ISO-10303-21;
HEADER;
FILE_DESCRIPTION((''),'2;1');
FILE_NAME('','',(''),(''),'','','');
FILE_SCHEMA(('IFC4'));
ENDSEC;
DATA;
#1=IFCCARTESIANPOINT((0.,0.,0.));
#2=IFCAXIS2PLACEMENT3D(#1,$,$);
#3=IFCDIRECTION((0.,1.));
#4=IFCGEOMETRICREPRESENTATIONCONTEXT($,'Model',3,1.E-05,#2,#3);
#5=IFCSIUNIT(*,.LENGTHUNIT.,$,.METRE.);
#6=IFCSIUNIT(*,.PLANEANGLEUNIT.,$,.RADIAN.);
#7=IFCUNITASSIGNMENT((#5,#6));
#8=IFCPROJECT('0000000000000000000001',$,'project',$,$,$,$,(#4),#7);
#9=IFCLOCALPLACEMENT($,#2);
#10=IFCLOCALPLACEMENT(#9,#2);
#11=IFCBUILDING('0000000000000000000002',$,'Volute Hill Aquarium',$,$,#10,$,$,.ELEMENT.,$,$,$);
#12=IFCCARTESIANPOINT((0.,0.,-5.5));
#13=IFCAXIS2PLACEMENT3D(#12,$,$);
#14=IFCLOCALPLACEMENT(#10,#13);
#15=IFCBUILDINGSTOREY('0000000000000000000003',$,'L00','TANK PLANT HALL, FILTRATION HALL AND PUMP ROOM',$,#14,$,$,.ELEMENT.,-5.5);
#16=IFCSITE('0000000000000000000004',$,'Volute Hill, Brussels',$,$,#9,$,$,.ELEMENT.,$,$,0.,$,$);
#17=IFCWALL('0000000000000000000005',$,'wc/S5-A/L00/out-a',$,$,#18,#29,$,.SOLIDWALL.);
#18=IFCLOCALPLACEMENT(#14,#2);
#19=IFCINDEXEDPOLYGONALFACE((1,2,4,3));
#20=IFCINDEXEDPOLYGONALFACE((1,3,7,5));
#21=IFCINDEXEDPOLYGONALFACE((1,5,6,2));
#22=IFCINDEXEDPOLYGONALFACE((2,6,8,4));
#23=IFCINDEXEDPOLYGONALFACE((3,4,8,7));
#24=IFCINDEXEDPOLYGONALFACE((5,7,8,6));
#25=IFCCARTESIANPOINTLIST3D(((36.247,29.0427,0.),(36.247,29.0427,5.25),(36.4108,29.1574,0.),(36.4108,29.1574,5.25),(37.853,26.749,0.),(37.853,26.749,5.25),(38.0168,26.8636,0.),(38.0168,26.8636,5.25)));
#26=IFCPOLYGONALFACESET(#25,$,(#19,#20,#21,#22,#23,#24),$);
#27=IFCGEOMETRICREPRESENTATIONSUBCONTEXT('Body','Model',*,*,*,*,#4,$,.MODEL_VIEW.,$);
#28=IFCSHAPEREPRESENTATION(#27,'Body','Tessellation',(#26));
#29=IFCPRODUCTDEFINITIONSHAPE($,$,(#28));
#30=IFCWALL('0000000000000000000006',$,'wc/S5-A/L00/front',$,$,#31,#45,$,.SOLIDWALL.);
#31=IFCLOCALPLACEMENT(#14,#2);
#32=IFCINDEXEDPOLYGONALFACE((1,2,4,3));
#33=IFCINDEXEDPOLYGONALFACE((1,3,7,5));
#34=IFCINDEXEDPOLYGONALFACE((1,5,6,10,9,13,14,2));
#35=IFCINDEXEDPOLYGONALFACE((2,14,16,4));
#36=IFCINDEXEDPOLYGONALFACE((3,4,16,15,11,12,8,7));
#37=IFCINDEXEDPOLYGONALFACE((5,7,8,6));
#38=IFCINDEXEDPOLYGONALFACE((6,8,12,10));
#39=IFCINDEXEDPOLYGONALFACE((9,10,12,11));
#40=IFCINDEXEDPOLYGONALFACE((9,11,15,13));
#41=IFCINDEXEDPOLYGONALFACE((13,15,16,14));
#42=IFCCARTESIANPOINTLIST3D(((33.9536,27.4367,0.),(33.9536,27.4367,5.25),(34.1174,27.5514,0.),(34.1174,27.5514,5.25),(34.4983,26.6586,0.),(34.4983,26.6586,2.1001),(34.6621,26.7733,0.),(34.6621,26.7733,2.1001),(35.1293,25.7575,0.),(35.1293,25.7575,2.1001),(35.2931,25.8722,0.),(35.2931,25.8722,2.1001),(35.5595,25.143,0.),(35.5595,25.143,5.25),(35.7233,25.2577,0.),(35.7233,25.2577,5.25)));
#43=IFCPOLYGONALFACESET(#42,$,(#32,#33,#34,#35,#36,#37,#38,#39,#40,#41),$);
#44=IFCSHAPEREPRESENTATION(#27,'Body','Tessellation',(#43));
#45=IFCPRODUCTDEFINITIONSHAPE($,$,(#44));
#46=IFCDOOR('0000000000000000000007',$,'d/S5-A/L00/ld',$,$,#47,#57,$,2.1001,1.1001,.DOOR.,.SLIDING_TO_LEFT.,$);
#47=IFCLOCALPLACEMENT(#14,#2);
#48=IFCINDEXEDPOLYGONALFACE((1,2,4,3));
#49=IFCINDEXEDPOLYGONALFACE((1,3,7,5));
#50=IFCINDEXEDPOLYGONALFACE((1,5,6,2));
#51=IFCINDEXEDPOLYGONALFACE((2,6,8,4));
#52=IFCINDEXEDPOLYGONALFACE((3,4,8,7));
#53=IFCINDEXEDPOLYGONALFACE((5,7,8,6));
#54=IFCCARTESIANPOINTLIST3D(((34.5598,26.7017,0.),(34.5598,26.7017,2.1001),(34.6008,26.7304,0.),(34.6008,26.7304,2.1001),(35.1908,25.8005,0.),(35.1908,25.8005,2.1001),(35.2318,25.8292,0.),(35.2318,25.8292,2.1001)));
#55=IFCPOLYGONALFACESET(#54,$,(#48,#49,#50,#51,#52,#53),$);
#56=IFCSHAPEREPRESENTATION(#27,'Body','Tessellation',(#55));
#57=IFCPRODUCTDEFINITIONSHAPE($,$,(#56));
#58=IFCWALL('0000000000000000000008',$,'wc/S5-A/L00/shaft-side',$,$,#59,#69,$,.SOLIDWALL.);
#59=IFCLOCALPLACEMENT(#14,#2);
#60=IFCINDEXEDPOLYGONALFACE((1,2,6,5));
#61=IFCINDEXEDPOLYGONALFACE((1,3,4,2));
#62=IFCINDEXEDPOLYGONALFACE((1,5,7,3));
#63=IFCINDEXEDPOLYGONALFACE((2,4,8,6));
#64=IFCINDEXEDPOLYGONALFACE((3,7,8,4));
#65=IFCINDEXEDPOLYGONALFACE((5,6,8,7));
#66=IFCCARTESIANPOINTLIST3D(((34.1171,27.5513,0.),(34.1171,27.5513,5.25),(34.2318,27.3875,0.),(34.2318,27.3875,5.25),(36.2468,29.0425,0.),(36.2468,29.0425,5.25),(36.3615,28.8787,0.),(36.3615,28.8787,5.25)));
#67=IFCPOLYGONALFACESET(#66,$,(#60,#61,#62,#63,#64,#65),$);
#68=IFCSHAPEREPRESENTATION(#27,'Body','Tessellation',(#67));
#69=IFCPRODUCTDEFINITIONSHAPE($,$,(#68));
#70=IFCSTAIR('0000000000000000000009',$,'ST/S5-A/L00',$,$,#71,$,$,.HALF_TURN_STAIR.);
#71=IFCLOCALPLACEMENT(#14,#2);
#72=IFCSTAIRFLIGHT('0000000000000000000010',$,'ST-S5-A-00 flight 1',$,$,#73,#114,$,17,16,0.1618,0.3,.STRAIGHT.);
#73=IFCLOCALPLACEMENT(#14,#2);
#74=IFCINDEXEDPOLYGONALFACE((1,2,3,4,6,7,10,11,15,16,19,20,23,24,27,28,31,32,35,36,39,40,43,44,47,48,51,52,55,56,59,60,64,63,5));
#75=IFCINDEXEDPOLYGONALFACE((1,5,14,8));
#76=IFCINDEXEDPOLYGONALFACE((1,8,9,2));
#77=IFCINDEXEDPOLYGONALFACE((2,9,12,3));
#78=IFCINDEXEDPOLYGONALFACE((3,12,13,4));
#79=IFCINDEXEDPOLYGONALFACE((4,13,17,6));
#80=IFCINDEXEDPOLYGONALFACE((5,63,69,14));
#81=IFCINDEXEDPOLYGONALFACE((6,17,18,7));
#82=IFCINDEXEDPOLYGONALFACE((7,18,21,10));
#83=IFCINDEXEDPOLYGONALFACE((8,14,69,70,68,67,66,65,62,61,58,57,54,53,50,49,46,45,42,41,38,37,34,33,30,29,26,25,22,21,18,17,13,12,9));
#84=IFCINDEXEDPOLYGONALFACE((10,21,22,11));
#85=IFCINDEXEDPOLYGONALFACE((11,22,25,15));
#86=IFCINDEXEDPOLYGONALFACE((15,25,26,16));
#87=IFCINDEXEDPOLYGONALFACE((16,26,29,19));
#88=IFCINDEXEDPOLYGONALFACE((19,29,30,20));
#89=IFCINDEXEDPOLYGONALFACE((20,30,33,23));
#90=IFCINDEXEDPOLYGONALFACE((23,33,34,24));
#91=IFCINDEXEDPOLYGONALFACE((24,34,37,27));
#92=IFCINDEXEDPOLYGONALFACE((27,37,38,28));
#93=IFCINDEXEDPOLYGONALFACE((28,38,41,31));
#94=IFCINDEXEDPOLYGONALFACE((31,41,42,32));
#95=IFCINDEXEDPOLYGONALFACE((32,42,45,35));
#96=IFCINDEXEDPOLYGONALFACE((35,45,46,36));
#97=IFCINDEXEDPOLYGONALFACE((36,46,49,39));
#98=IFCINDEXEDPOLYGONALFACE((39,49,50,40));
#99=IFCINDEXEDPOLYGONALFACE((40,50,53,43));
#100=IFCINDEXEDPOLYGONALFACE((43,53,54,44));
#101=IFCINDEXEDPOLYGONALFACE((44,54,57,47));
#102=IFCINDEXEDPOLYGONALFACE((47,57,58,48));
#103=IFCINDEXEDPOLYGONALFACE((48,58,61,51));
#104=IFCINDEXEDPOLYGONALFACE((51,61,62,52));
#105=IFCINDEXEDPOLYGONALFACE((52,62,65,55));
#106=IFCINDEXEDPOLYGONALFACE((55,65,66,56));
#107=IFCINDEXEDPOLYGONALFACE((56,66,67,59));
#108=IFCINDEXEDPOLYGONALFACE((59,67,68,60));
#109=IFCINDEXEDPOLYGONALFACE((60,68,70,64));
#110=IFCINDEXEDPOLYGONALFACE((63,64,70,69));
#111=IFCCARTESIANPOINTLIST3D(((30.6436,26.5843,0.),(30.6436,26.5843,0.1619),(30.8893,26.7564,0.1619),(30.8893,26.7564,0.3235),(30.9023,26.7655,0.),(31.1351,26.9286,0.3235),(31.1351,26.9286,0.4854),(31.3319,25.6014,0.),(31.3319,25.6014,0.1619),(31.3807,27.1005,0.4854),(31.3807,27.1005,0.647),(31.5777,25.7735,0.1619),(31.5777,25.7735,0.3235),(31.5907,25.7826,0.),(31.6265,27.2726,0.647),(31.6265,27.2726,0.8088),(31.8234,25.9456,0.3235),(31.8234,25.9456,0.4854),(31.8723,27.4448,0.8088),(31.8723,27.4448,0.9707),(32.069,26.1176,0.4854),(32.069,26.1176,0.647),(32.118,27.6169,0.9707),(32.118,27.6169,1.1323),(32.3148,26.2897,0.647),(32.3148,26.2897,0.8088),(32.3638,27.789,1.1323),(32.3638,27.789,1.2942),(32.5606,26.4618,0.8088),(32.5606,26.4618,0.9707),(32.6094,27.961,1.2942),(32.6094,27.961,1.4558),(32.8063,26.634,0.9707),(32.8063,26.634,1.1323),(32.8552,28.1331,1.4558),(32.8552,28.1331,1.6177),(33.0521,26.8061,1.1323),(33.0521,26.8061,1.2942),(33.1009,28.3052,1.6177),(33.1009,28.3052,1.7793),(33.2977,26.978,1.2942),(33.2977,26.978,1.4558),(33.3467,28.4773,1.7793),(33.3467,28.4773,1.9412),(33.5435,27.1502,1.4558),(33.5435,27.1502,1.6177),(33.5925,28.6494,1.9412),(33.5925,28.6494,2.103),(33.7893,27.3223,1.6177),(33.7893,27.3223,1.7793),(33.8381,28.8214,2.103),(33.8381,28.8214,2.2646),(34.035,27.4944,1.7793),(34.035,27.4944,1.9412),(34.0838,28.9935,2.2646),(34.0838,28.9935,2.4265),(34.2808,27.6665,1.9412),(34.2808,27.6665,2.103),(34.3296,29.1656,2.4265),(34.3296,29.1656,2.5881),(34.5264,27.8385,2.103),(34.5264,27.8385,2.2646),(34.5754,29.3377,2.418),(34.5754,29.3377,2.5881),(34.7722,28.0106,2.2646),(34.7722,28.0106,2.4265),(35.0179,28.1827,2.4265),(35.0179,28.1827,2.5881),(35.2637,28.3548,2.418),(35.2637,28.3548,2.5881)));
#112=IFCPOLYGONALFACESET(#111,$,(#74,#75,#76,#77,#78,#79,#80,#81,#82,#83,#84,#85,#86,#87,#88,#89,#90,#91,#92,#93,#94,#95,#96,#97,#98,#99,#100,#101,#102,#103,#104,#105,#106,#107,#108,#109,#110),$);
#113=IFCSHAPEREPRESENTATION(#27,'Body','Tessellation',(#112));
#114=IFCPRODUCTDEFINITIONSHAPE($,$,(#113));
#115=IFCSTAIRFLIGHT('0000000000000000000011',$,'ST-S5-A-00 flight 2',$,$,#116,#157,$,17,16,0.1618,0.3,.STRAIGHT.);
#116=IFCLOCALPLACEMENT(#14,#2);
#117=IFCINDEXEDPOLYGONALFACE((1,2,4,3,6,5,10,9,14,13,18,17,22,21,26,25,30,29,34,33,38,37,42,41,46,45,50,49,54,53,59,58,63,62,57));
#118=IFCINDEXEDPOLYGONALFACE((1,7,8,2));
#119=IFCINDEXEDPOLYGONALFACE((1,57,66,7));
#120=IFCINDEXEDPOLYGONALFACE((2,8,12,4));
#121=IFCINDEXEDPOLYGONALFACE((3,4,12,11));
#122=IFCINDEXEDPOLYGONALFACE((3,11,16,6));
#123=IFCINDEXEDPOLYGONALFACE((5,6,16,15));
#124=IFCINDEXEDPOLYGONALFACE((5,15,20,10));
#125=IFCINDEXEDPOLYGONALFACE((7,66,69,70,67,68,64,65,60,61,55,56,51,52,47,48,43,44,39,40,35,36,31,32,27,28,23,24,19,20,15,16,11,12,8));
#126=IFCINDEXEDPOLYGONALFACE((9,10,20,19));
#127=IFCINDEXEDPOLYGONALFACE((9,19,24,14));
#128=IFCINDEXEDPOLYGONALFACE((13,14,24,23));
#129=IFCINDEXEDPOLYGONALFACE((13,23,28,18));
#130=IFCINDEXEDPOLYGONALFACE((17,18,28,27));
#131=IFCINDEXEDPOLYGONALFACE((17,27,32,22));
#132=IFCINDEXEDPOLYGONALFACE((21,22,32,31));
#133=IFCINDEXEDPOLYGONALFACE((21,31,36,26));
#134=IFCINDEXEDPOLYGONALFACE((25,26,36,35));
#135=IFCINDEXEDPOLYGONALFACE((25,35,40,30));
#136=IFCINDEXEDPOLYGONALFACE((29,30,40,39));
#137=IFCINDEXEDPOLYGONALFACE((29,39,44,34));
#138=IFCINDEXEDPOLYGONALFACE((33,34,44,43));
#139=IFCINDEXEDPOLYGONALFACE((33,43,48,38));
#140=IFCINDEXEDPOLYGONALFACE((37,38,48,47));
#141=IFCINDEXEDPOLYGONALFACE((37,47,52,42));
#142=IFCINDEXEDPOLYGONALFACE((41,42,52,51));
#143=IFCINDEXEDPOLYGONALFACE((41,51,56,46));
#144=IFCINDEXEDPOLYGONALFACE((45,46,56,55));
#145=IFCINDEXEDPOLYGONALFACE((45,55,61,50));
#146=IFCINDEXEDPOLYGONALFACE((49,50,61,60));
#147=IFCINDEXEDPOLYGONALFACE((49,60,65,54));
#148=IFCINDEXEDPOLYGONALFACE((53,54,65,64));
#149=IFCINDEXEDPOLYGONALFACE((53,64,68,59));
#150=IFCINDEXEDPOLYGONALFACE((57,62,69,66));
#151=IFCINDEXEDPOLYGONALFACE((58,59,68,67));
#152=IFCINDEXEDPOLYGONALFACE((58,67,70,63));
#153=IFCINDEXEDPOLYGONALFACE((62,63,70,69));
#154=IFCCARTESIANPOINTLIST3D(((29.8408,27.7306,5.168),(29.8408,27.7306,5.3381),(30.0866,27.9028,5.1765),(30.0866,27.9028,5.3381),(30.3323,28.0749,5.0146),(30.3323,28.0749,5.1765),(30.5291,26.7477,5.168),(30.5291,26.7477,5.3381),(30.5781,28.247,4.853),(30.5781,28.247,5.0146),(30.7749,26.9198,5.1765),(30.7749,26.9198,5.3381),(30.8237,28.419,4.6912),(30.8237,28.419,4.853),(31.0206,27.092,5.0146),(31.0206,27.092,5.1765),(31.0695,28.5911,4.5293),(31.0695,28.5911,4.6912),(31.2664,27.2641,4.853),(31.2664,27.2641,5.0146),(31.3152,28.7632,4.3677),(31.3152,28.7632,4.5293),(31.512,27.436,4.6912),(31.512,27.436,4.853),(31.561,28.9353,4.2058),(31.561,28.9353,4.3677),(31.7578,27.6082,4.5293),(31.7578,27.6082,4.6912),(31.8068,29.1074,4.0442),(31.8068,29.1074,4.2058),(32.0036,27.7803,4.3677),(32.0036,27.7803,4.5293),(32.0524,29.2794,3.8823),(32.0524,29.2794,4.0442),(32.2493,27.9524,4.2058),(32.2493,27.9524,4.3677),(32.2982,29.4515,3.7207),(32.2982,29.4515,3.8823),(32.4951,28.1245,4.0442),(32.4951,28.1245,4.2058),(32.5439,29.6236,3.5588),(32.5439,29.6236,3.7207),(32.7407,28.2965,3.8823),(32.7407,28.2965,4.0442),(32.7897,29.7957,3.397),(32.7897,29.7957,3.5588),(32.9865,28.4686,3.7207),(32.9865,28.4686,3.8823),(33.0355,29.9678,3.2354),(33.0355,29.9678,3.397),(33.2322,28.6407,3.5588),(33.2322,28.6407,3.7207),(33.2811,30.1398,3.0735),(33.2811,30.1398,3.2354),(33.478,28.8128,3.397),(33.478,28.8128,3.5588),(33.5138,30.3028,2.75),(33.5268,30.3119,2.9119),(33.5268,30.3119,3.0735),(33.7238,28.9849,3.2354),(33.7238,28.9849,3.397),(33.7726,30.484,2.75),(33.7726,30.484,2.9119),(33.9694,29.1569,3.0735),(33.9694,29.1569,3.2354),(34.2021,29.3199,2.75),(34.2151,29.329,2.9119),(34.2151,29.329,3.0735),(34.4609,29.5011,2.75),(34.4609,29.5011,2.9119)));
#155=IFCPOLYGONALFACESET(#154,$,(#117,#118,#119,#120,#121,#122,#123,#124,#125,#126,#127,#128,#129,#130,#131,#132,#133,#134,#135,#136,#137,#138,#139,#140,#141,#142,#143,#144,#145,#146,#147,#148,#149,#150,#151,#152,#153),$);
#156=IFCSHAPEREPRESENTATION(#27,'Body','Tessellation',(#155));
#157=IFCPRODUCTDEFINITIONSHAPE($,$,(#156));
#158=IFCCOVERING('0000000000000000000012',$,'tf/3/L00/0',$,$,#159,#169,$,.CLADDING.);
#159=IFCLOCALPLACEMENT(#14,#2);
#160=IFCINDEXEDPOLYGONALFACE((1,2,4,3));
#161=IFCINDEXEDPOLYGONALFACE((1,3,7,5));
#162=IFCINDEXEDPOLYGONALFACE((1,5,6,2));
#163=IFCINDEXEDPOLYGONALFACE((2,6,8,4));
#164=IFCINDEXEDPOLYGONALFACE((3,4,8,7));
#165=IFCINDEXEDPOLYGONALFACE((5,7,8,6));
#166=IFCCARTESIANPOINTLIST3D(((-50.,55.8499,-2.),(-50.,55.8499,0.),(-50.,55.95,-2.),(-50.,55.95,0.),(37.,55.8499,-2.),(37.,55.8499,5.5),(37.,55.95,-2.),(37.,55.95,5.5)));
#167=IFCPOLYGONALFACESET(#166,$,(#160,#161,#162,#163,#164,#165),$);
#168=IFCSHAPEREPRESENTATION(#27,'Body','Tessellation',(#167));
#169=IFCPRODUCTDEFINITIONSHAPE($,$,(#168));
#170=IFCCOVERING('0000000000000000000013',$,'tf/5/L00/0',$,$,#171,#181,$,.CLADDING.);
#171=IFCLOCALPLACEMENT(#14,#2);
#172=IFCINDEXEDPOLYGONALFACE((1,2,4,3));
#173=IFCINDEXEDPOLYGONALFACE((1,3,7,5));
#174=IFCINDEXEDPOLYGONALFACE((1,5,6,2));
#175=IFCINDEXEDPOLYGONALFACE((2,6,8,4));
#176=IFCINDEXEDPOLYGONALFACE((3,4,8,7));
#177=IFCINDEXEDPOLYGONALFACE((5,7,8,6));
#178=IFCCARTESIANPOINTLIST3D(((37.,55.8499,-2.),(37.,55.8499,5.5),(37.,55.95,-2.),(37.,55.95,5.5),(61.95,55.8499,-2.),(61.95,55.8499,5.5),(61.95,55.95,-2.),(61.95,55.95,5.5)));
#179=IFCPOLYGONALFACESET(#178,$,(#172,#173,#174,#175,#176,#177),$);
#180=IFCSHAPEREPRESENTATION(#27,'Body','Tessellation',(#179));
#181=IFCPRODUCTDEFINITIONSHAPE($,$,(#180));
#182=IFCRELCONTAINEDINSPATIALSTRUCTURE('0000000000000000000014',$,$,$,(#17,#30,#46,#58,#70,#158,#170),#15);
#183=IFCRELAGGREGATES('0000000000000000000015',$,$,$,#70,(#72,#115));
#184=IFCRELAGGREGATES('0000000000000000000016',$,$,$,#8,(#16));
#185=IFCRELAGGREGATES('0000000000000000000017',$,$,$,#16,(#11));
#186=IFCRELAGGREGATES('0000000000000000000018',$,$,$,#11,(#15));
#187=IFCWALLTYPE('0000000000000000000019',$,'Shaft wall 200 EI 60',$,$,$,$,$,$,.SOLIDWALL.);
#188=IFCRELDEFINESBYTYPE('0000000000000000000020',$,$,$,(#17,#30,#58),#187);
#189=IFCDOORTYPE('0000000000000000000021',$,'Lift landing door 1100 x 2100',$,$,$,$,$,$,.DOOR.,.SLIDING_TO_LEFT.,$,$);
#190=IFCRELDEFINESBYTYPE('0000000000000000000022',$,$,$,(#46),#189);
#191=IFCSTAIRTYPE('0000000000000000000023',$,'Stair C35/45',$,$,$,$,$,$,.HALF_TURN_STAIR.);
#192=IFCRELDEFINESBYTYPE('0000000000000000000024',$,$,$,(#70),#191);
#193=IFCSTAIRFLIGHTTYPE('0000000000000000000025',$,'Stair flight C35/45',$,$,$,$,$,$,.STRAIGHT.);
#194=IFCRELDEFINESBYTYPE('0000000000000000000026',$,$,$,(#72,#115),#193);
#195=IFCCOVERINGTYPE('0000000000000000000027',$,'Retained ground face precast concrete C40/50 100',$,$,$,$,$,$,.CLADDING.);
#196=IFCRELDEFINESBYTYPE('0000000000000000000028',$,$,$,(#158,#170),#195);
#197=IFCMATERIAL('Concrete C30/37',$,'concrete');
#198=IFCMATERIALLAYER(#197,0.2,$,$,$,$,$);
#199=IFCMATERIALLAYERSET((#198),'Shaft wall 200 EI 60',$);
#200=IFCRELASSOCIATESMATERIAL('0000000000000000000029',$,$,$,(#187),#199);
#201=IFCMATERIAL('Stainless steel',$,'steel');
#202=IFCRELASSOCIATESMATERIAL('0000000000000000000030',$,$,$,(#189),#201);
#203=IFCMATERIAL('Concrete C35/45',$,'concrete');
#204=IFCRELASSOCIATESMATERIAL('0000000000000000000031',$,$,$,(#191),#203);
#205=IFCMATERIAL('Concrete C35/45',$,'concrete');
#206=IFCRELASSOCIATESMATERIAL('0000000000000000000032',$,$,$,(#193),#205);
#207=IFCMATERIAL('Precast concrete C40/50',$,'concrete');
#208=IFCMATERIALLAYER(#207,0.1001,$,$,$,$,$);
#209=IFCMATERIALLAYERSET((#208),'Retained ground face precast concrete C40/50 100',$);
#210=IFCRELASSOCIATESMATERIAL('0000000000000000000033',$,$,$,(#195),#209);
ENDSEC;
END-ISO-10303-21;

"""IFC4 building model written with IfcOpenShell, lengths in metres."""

from ifc_helpers import new_model, si_unit, direction, frame, frame_2d, origin, place, context, subcontext, project, spatial, polyline, rectangle, outline, extrude, material, layer, layer_set, type_object, element, fill, aggregate, save


model = new_model("IFC4")

# Units and contexts
model_context = context("Model", 3, precision=1e-05, world=origin(), true_north=direction((0.0, 1.0)))
body_context = subcontext(model_context, "Body", "Model", "MODEL_VIEW")
ifc_project = project(units=[si_unit("LENGTHUNIT", "METRE"), si_unit("PLANEANGLEUNIT", "RADIAN")], contexts=[model_context])

# Site, building, storey
site_placement = place(None, origin())
site = spatial("IfcSite", under=ifc_project, at=site_placement, Name="Volute Hill, Brussels", CompositionType="ELEMENT", RefElevation=0.0)
building_placement = place(site_placement, origin())
building = spatial("IfcBuilding", under=site, at=building_placement, Name="Volute Hill Aquarium", CompositionType="ELEMENT")
storey_placement = place(building_placement, frame((0.0, 0.0, -5.5)))
storey = spatial("IfcBuildingStorey", under=building, at=storey_placement, Name="L00", Description="TANK PLANT HALL, FILTRATION HALL AND PUMP ROOM", CompositionType="ELEMENT", Elevation=-5.5)

# Wall
ifc_material_1 = material(Name="Concrete C30/37", Category="concrete")
ifc_layer_1 = layer(ifc_material_1, 0.2)
ifc_layer_set_1 = layer_set([ifc_layer_1], Name="Shaft wall 200 EI 60")
wall_type_1 = type_object("IfcWallType", Name="Shaft wall 200 EI 60", PredefinedType="SOLIDWALL", material=ifc_layer_set_1)
wall_1_placement = place(storey_placement, frame((37.9348, 26.8064, 0.0), z_axis=(0.0, 0.0, 1.0), x_axis=(-0.57355, 0.81917, 0.0)))
element("IfcWall", 1, at=wall_1_placement, inside=storey, type_object=wall_type_1, Name="wc/S5-A/L00/out-a", PredefinedType="SOLIDWALL", context=body_context, shape_type="SweptSolid", body=[
    extrude(rectangle(XDim=2.8, YDim=0.2, at=frame_2d((1.3999, 0.0))), origin(), (0.0, 0.0, 1.0), 5.25),
])

# Wall, opening, door
wall_2_placement = place(storey_placement, frame((35.6414, 25.2004, 0.0), z_axis=(0.0, 0.0, 1.0), x_axis=(-0.57355, 0.81917, 0.0)))
wall_2 = element("IfcWall", 2, at=wall_2_placement, inside=storey, type_object=wall_type_1, Name="wc/S5-A/L00/front", PredefinedType="SOLIDWALL", context=body_context, shape_type="SweptSolid", body=[
    extrude(rectangle(XDim=2.8, YDim=0.2, at=frame_2d((1.3999, 0.0))), origin(), (0.0, 0.0, 1.0), 5.25),
])
opening_1_placement = place(wall_2_placement, frame((0.75, 0.0, 0.0)))
opening_1 = element("IfcOpeningElement", 3, at=opening_1_placement, cuts=wall_2, PredefinedType="OPENING", context=body_context, shape_type="SweptSolid", body=[
    extrude(rectangle(XDim=1.1001, YDim=2.1001, at=frame_2d((0.55, 1.05))), frame((0.0, 0.1099, 0.0), z_axis=(0.0, -1.0, 0.0), x_axis=(1.0, 0.0, 0.0)), (0.0, 0.0, 1.0), 0.22),
])
ifc_material_2 = material(Name="Stainless steel", Category="steel")
door_type_1 = type_object("IfcDoorType", Name="Lift landing door 1100 x 2100", OperationType="SLIDING_TO_LEFT", PredefinedType="DOOR", material=ifc_material_2)
door_1_placement = place(opening_1_placement, origin())
door_1 = element("IfcDoor", 4, at=door_1_placement, inside=storey, type_object=door_type_1, Name="d/S5-A/L00/ld", OperationType="SLIDING_TO_LEFT", OverallHeight=2.1001, OverallWidth=1.1001, PredefinedType="DOOR", context=body_context, shape_type="SweptSolid", body=[
    extrude(rectangle(XDim=1.1001, YDim=2.1001, at=frame_2d((0.55, 1.05))), frame((0.0, 0.0249, 0.0), z_axis=(0.0, -1.0, 0.0), x_axis=(1.0, 0.0, 0.0)), (0.0, 0.0, 1.0), 0.05),
])
fill(opening_1, door_1)

# Wall
wall_3_placement = place(storey_placement, frame((34.1746, 27.4695, 0.0), z_axis=(0.0, 0.0, 1.0), x_axis=(0.819148, 0.573582, 0.0)))
element("IfcWall", 5, at=wall_3_placement, inside=storey, type_object=wall_type_1, Name="wc/S5-A/L00/shaft-side", PredefinedType="SOLIDWALL", context=body_context, shape_type="SweptSolid", body=[
    extrude(rectangle(XDim=2.5999, YDim=0.2, at=frame_2d((1.2998, 0.0))), origin(), (0.0, 0.0, 1.0), 5.25),
])

# Stair, stair flights
ifc_material_3 = material(Name="Concrete C35/45", Category="concrete")
stair_type = type_object("IfcStairType", Name="Stair C35/45", PredefinedType="HALF_TURN_STAIR", material=ifc_material_3)
stair_placement = place(storey_placement, origin())
stair = element("IfcStair", 6, at=stair_placement, inside=storey, type_object=stair_type, Name="ST/S5-A/L00", PredefinedType="HALF_TURN_STAIR")
ifc_material_4 = material(Name="Concrete C35/45", Category="concrete")
stair_flight_type = type_object("IfcStairFlightType", Name="Stair flight C35/45", PredefinedType="STRAIGHT", material=ifc_material_4)
stair_flight_1_placement = place(storey_placement, frame((30.9878, 26.0928, 0.0), z_axis=(0.0, 0.0, 1.0), x_axis=(0.819124, 0.573617, 0.0)))
stair_flight_1 = element("IfcStairFlight", 7, at=stair_flight_1_placement, type_object=stair_flight_type, Name="ST-S5-A-00 flight 1", NumberOfRisers=17, NumberOfTreads=16, PredefinedType="STRAIGHT", RiserHeight=0.1618, TreadLength=0.3, context=body_context, shape_type="SweptSolid", body=[
    extrude(outline(polyline([(0.0, 0.0), (0.0, 0.1619), (0.3, 0.1619), (0.3, 0.3235), (0.6001, 0.3235), (0.6001, 0.4854), (0.8999, 0.4854), (0.8999, 0.647), (1.2, 0.647), (1.2, 0.8088), (1.5, 0.8088), (1.5, 0.9707), (1.8, 0.9707), (1.8, 1.1323), (2.1001, 1.1323), (2.1001, 1.2942), (2.3999, 1.2942), (2.3999, 1.4558), (2.7, 1.4558), (2.7, 1.6177), (3.0, 1.6177), (3.0, 1.7793), (3.3, 1.7793), (3.3, 1.9412), (3.6001, 1.9412), (3.6001, 2.103), (3.8999, 2.103), (3.8999, 2.2646), (4.2, 2.2646), (4.2, 2.4265), (4.5, 2.4265), (4.5, 2.5881), (4.8, 2.5881), (4.8, 2.75), (4.8, 2.418), (0.3159, 0.0), (0.0, 0.0)])), frame((0.0, 0.6001, 0.0), z_axis=(0.0, -1.0, 0.0), x_axis=(1.0, 0.0, 0.0)), (0.0, 0.0, 1.0), 1.2),
])
stair_flight_2_placement = place(storey_placement, frame((34.1167, 29.9927, 2.75), z_axis=(0.0, 0.0, 1.0), x_axis=(-0.819124, -0.573617, 0.0)))
stair_flight_2 = element("IfcStairFlight", 8, at=stair_flight_2_placement, type_object=stair_flight_type, Name="ST-S5-A-00 flight 2", NumberOfRisers=17, NumberOfTreads=16, PredefinedType="STRAIGHT", RiserHeight=0.1618, TreadLength=0.3, context=body_context, shape_type="SweptSolid", body=[
    extrude(outline(polyline([(0.0, 0.0), (0.0, 0.1619), (0.3, 0.1619), (0.3, 0.3235), (0.6001, 0.3235), (0.6001, 0.4854), (0.8999, 0.4854), (0.8999, 0.647), (1.2, 0.647), (1.2, 0.8088), (1.5, 0.8088), (1.5, 0.9707), (1.8, 0.9707), (1.8, 1.1323), (2.1001, 1.1323), (2.1001, 1.2942), (2.3999, 1.2942), (2.3999, 1.4558), (2.7, 1.4558), (2.7, 1.6177), (3.0, 1.6177), (3.0, 1.7793), (3.3, 1.7793), (3.3, 1.9412), (3.6001, 1.9412), (3.6001, 2.103), (3.8999, 2.103), (3.8999, 2.2646), (4.2, 2.2646), (4.2, 2.4265), (4.5, 2.4265), (4.5, 2.5881), (4.8, 2.5881), (4.8, 2.75), (4.8, 2.418), (0.3159, 0.0), (0.0, 0.0)])), frame((0.0, 0.6001, 0.0), z_axis=(0.0, -1.0, 0.0), x_axis=(1.0, 0.0, 0.0)), (0.0, 0.0, 1.0), 1.2),
])
aggregate(stair, [stair_flight_1, stair_flight_2])

# Coverings
ifc_material_5 = material(Name="Precast concrete C40/50", Category="concrete")
ifc_layer_2 = layer(ifc_material_5, 0.1001)
ifc_layer_set_2 = layer_set([ifc_layer_2], Name="Retained ground face precast concrete C40/50 100")
covering_type_1 = type_object("IfcCoveringType", Name="Retained ground face precast concrete C40/50 100", PredefinedType="CLADDING", material=ifc_layer_set_2)
covering_1_placement = place(storey_placement, frame((37.0, 55.95, -2.0), z_axis=(0.0, 1.0, 0.0), x_axis=(-1.0, 0.0, 0.0)))
element("IfcCovering", 9, at=covering_1_placement, inside=storey, type_object=covering_type_1, Name="tf/3/L00/0", PredefinedType="CLADDING", context=body_context, shape_type="SweptSolid", body=[
    extrude(outline(polyline([(0.0, 0.0), (87.0, 0.0), (87.0, 2.0), (0.0, 7.5), (0.0, 0.0)])), origin(), (0.0, 0.0, -1.0), 0.1001),
])
covering_2_placement = place(storey_placement, frame((61.95, 55.95, -2.0), z_axis=(0.0, 1.0, 0.0), x_axis=(-1.0, 0.0, 0.0)))
element("IfcCovering", 10, at=covering_2_placement, inside=storey, type_object=covering_type_1, Name="tf/5/L00/0", PredefinedType="CLADDING", context=body_context, shape_type="SweptSolid", body=[
    extrude(outline(polyline([(0.0, 0.0), (24.95, 0.0), (24.95, 7.5), (0.0, 7.5), (0.0, 0.0)])), origin(), (0.0, 0.0, -1.0), 0.1001),
])

save(model, "model.ifc")
